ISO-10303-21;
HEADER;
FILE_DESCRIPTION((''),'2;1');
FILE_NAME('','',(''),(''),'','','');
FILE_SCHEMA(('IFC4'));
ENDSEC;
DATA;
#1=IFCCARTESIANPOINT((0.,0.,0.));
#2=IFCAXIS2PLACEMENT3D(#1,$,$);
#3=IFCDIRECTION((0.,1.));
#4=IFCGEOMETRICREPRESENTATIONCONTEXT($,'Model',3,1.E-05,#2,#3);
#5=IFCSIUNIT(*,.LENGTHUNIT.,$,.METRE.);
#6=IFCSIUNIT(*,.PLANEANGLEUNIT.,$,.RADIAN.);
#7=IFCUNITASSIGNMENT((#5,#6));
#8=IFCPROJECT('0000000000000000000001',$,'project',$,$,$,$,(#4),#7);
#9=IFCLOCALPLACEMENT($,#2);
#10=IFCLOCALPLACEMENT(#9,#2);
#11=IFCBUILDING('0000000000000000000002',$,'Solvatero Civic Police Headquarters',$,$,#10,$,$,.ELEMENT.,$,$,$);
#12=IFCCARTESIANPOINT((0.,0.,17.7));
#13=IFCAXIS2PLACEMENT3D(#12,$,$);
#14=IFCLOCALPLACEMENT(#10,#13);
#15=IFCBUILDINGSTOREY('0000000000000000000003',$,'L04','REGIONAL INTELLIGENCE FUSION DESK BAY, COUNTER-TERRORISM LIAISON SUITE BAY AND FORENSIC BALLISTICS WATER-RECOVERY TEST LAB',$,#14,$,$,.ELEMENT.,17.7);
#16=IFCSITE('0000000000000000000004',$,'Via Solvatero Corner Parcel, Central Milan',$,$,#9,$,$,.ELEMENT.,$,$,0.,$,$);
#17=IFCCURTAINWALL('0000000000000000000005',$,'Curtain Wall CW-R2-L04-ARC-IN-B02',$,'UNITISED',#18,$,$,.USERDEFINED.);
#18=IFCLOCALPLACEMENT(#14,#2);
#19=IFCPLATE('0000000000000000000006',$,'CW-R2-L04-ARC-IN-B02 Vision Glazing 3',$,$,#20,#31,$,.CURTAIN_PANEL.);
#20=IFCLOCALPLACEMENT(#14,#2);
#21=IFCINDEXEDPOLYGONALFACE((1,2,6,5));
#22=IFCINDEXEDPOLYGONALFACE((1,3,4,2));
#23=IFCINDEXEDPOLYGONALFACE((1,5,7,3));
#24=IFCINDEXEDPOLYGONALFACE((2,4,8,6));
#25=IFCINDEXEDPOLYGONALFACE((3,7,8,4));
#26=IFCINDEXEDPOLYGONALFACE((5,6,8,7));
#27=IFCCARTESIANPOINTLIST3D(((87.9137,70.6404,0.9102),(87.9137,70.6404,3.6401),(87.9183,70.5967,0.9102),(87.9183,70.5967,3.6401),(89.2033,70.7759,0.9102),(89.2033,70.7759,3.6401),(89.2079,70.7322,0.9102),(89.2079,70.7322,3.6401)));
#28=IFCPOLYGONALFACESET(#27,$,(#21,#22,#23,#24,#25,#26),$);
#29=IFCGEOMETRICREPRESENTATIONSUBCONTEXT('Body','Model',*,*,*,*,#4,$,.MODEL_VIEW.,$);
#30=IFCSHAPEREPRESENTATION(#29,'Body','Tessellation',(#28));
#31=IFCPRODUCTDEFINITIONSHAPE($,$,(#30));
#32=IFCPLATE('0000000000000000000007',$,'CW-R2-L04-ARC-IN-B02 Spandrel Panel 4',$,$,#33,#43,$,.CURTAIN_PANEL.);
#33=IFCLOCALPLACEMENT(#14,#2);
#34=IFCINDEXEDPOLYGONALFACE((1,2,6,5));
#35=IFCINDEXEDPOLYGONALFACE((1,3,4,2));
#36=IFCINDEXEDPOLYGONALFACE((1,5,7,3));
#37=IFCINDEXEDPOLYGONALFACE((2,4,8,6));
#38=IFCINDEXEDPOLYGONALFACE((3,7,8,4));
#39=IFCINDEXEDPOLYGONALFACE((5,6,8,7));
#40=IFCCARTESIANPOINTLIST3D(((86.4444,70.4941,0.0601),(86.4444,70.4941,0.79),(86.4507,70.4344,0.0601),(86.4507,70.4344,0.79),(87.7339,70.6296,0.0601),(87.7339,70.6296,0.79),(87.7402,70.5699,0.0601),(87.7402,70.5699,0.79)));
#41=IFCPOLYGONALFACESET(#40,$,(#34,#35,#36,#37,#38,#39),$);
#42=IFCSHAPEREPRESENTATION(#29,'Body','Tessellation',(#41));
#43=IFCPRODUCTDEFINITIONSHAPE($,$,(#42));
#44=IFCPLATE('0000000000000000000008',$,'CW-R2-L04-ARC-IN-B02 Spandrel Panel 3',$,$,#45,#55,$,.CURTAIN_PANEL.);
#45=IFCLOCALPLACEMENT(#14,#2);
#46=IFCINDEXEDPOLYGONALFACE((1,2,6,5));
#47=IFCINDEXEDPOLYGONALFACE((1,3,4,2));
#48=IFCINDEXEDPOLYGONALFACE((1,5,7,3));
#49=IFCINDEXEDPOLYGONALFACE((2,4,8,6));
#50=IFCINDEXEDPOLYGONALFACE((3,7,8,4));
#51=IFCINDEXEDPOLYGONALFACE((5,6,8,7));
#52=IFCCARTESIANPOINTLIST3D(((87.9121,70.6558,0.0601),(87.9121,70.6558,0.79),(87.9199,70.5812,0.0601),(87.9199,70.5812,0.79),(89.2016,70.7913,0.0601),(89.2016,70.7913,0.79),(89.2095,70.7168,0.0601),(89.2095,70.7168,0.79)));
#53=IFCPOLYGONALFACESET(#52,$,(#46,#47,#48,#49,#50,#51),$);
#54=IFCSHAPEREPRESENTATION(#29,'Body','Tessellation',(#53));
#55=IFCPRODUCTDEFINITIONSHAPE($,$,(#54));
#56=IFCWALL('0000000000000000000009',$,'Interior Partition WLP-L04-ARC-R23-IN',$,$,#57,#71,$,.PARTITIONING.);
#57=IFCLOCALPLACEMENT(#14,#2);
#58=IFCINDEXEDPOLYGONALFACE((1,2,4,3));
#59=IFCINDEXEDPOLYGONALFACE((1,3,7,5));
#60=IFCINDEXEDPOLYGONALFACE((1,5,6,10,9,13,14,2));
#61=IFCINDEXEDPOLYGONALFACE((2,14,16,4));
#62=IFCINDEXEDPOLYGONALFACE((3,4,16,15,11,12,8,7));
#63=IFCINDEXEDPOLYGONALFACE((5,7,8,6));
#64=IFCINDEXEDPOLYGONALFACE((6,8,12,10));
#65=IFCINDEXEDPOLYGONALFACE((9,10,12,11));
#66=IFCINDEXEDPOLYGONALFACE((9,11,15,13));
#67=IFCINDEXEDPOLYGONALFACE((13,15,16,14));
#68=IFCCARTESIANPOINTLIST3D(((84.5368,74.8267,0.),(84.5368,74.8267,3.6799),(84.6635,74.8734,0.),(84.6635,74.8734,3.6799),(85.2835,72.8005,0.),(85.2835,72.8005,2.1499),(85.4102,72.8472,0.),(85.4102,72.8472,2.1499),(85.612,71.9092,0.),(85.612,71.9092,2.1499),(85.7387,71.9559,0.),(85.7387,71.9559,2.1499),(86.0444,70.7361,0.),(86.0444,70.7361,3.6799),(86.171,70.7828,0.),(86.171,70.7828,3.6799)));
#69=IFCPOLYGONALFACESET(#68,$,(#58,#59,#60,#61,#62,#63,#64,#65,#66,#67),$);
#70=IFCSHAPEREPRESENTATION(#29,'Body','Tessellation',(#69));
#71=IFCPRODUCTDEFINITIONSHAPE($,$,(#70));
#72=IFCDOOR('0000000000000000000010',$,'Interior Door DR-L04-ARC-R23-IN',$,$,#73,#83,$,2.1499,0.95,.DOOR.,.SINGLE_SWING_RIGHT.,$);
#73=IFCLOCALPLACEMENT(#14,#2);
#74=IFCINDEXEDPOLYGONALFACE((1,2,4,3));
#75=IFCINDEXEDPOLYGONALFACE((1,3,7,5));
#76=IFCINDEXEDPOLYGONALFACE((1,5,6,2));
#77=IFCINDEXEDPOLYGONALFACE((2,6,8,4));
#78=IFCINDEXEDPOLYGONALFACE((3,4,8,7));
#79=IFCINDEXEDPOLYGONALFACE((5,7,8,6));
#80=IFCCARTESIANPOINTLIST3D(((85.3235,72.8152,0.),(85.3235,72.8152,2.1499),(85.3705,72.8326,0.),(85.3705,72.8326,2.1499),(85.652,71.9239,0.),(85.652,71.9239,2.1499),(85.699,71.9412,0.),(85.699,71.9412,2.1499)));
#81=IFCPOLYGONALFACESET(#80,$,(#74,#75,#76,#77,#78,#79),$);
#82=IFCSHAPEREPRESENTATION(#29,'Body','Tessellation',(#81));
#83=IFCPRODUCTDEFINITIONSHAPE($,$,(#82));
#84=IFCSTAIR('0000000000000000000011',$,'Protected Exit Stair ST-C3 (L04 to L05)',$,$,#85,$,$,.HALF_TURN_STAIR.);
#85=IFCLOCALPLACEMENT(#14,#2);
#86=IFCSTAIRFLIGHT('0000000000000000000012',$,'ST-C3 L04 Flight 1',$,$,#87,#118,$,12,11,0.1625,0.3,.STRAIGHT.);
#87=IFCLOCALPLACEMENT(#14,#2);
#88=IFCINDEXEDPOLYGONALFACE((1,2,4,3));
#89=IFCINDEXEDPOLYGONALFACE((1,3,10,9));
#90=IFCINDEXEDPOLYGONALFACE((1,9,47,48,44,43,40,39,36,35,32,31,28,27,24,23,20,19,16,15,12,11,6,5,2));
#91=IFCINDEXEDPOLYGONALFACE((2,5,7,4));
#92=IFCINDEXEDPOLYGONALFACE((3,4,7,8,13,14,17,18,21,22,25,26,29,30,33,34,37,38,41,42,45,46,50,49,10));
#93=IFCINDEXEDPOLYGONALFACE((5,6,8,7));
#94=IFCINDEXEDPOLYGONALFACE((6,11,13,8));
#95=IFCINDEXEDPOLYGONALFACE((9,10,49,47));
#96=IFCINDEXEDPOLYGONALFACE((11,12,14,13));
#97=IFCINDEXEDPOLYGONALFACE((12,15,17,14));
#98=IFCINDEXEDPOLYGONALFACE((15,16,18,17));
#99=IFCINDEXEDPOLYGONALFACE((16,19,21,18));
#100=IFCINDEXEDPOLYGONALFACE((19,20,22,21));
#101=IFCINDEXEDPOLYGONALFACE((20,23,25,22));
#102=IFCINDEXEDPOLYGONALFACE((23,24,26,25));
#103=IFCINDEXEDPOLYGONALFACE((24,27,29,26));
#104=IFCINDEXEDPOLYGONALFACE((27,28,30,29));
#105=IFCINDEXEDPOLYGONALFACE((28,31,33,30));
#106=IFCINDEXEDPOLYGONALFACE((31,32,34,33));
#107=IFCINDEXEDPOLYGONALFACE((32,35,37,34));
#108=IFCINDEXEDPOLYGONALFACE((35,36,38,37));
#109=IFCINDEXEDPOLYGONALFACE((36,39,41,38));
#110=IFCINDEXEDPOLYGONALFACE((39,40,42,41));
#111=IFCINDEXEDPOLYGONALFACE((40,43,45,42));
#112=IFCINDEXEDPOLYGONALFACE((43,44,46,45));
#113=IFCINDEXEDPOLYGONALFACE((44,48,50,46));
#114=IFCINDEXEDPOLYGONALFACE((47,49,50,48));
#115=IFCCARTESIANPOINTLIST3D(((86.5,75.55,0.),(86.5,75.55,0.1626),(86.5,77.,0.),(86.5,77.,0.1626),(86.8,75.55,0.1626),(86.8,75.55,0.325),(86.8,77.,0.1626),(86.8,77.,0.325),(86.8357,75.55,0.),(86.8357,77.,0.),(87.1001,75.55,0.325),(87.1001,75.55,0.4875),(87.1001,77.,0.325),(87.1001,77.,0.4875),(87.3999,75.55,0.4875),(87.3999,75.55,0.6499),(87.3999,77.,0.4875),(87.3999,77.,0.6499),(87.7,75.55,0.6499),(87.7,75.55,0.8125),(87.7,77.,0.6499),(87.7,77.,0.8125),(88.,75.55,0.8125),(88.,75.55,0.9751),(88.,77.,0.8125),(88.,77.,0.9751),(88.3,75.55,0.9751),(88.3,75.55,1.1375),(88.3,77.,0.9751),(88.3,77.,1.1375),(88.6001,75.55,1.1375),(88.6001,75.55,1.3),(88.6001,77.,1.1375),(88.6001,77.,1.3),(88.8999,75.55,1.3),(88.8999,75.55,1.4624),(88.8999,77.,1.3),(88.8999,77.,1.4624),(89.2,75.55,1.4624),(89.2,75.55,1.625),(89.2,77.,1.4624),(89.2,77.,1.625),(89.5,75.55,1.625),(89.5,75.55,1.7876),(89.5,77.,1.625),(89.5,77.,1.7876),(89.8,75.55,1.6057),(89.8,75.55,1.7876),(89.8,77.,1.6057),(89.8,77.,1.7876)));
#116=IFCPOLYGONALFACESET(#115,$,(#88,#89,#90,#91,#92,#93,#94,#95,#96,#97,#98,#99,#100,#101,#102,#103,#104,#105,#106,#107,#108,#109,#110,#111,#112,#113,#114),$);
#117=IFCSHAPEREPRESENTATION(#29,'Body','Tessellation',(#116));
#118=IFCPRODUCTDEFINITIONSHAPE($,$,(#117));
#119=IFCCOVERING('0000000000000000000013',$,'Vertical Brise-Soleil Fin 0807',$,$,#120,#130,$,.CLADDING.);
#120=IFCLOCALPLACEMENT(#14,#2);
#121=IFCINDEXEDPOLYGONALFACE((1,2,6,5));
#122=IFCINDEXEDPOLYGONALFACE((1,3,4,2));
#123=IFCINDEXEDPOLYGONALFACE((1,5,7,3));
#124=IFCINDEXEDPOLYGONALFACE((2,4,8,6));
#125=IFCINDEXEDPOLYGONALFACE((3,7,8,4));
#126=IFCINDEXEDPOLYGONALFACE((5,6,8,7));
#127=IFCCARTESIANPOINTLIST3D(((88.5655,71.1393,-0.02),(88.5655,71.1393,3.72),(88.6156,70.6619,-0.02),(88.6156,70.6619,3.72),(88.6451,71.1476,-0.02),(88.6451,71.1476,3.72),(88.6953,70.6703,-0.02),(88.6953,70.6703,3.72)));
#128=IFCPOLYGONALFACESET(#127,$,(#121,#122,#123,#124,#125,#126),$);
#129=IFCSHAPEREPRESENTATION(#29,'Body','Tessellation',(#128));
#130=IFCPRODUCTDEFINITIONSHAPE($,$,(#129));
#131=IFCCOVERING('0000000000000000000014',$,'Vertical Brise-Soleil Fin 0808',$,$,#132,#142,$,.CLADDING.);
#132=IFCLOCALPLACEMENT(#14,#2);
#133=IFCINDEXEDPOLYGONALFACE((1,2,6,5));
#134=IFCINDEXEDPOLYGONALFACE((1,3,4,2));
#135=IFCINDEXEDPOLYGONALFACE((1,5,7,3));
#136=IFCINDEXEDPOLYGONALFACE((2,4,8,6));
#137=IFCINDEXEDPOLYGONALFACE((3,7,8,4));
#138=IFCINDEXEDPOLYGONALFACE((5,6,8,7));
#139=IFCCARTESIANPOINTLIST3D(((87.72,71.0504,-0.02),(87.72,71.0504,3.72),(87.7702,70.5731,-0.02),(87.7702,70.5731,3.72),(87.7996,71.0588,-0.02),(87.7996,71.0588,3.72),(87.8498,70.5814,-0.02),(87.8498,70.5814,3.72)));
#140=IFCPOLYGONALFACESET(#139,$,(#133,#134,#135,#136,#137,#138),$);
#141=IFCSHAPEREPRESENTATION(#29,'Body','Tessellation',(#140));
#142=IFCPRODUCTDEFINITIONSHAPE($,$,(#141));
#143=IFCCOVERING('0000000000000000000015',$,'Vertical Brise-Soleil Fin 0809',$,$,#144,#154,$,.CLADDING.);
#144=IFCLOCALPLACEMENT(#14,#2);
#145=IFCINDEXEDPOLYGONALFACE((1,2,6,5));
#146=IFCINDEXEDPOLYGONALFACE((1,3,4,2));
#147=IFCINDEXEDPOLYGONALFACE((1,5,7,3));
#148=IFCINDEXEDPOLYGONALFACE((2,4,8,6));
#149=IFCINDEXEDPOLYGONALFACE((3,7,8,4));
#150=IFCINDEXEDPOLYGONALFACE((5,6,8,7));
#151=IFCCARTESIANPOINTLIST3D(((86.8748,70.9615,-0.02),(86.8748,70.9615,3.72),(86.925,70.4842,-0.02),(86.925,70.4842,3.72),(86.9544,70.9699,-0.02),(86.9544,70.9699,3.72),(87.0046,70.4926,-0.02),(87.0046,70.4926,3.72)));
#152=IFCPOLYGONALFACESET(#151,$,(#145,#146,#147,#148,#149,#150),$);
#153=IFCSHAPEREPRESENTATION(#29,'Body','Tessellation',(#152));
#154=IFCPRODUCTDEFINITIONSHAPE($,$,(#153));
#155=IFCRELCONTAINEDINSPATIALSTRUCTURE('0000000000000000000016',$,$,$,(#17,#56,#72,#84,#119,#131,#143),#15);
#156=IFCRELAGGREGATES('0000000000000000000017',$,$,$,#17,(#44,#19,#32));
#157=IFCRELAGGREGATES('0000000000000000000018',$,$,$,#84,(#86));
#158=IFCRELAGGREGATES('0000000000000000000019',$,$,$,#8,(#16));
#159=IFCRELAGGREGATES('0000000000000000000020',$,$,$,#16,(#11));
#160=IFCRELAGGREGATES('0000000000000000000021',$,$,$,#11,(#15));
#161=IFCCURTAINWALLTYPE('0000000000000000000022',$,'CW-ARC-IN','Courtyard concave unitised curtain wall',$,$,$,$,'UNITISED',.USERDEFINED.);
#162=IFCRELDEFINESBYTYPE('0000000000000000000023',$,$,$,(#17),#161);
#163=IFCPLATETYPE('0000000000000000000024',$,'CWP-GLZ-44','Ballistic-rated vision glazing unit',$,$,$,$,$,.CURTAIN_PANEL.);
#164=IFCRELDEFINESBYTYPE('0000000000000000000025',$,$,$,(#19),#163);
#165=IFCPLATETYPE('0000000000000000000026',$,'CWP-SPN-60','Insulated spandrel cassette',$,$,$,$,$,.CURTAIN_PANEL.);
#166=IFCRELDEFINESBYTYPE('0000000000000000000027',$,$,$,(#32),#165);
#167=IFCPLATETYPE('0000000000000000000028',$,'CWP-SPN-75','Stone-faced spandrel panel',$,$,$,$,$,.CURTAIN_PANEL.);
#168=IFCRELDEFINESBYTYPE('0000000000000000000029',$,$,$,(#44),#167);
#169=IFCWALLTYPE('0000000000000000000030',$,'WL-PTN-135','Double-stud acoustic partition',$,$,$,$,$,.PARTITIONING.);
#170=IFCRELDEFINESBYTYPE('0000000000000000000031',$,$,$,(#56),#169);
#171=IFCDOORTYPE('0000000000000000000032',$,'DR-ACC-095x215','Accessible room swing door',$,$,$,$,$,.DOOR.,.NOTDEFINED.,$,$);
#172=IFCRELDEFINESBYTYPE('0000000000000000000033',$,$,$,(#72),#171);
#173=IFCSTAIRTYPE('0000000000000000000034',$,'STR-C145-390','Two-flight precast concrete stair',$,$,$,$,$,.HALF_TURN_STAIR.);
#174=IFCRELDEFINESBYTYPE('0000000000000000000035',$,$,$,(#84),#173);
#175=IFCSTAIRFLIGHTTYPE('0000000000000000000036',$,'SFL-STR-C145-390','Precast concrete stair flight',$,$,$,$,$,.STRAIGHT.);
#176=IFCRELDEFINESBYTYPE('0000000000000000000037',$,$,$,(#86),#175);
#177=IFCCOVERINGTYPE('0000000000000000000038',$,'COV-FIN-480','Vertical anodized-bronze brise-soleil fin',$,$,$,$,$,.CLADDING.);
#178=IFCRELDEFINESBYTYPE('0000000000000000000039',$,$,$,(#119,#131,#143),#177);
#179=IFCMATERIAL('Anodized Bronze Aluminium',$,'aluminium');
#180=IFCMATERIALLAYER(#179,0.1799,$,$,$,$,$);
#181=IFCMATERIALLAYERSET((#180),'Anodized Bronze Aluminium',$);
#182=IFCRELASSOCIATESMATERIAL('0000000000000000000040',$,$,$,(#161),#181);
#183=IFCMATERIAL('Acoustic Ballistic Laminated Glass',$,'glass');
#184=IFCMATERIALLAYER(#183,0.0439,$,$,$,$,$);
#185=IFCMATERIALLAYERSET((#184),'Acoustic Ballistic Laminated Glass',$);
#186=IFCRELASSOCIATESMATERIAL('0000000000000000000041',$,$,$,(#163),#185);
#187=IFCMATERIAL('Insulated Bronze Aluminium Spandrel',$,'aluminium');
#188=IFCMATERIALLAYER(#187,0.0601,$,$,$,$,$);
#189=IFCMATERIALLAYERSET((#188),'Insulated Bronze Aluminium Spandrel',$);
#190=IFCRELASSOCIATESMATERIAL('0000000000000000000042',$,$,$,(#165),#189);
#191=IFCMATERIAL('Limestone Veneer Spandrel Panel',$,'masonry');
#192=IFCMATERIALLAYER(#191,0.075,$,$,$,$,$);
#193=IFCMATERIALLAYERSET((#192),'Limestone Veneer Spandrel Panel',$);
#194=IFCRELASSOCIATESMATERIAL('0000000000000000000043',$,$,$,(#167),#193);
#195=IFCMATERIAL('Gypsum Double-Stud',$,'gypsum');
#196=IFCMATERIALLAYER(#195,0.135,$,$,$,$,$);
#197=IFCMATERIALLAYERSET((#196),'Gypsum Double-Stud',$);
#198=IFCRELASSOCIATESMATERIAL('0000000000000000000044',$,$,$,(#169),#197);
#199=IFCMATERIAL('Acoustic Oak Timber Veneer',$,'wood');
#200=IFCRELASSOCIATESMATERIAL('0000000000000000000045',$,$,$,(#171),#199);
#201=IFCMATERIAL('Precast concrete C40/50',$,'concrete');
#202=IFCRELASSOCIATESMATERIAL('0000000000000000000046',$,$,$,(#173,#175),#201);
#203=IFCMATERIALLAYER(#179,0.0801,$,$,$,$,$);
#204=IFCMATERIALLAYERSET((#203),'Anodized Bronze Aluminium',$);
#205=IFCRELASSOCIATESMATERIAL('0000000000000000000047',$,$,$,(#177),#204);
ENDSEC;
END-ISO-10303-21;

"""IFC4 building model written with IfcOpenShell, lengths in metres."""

from ifc_helpers import new_model, si_unit, direction, frame, frame_2d, origin, origin_2d, place, context, subcontext, project, spatial, polyline, rectangle, outline, extrude, material, layer, layer_set, type_object, element, fill, aggregate, save


model = new_model("IFC4")

# Units and contexts
model_context = context("Model", 3, precision=1e-05, world=origin(), true_north=direction((0.0, 1.0)))
body_context = subcontext(model_context, "Body", "Model", "MODEL_VIEW")
ifc_project = project(units=[si_unit("LENGTHUNIT", "METRE"), si_unit("PLANEANGLEUNIT", "RADIAN")], contexts=[model_context])

# Site, building, storey
site_placement = place(None, origin())
site = spatial("IfcSite", under=ifc_project, at=site_placement, Name="Via Solvatero Corner Parcel, Central Milan", CompositionType="ELEMENT", RefElevation=0.0)
building_placement = place(site_placement, origin())
building = spatial("IfcBuilding", under=site, at=building_placement, Name="Solvatero Civic Police Headquarters", CompositionType="ELEMENT")
storey_placement = place(building_placement, frame((0.0, 0.0, 17.7)))
storey = spatial("IfcBuildingStorey", under=building, at=storey_placement, Name="L04", Description="REGIONAL INTELLIGENCE FUSION DESK BAY, COUNTER-TERRORISM LIAISON SUITE BAY AND FORENSIC BALLISTICS WATER-RECOVERY TEST LAB", CompositionType="ELEMENT", Elevation=17.7)

# Curtain wall
ifc_material_1 = material(Name="Anodized Bronze Aluminium", Category="aluminium")
ifc_layer_1 = layer(ifc_material_1, 0.1799)
ifc_layer_set_1 = layer_set([ifc_layer_1], Name="Anodized Bronze Aluminium")
curtain_wall_type = type_object("IfcCurtainWallType", Name="CW-ARC-IN", Description="Courtyard concave unitised curtain wall", ElementType="UNITISED", PredefinedType="USERDEFINED", material=ifc_layer_set_1)
curtain_wall_1_placement = place(storey_placement, origin())
curtain_wall_1 = element("IfcCurtainWall", 1, at=curtain_wall_1_placement, inside=storey, type_object=curtain_wall_type, Name="Curtain Wall CW-R2-L04-ARC-IN-B02", ObjectType="UNITISED", PredefinedType="USERDEFINED")

# Plates
ifc_material_2 = material(Name="Acoustic Ballistic Laminated Glass", Category="glass")
ifc_layer_2 = layer(ifc_material_2, 0.0439)
ifc_layer_set_2 = layer_set([ifc_layer_2], Name="Acoustic Ballistic Laminated Glass")
plate_type_1 = type_object("IfcPlateType", Name="CWP-GLZ-44", Description="Ballistic-rated vision glazing unit", PredefinedType="CURTAIN_PANEL", material=ifc_layer_set_2)
plate_1_placement = place(storey_placement, frame((88.5608, 70.6863, 0.9102), z_axis=(0.0, 0.0, 1.0), x_axis=(-0.994522, -0.104528, 0.0)))
plate_1 = element("IfcPlate", 2, at=plate_1_placement, type_object=plate_type_1, Name="CW-R2-L04-ARC-IN-B02 Vision Glazing 3", PredefinedType="CURTAIN_PANEL", context=body_context, shape_type="SweptSolid", body=[
    extrude(rectangle(XDim=1.2966, YDim=0.0439, at=origin_2d()), origin(), (0.0, 0.0, 1.0), 2.73),
])
ifc_material_3 = material(Name="Insulated Bronze Aluminium Spandrel", Category="aluminium")
ifc_layer_3 = layer(ifc_material_3, 0.0601)
ifc_layer_set_3 = layer_set([ifc_layer_3], Name="Insulated Bronze Aluminium Spandrel")
plate_type_2 = type_object("IfcPlateType", Name="CWP-SPN-60", Description="Insulated spandrel cassette", PredefinedType="CURTAIN_PANEL", material=ifc_layer_set_3)
plate_2_placement = place(storey_placement, frame((87.0923, 70.532, 0.0601), z_axis=(0.0, 0.0, 1.0), x_axis=(-0.994522, -0.104528, 0.0)))
plate_2 = element("IfcPlate", 3, at=plate_2_placement, type_object=plate_type_2, Name="CW-R2-L04-ARC-IN-B02 Spandrel Panel 4", PredefinedType="CURTAIN_PANEL", context=body_context, shape_type="SweptSolid", body=[
    extrude(rectangle(XDim=1.2966, YDim=0.0601, at=origin_2d()), origin(), (0.0, 0.0, 1.0), 0.73),
])
ifc_material_4 = material(Name="Limestone Veneer Spandrel Panel", Category="masonry")
ifc_layer_4 = layer(ifc_material_4, 0.075)
ifc_layer_set_4 = layer_set([ifc_layer_4], Name="Limestone Veneer Spandrel Panel")
plate_type_3 = type_object("IfcPlateType", Name="CWP-SPN-75", Description="Stone-faced spandrel panel", PredefinedType="CURTAIN_PANEL", material=ifc_layer_set_4)
plate_3_placement = place(storey_placement, frame((88.5608, 70.6863, 0.0601), z_axis=(0.0, 0.0, 1.0), x_axis=(-0.994522, -0.104528, 0.0)))
plate_3 = element("IfcPlate", 4, at=plate_3_placement, type_object=plate_type_3, Name="CW-R2-L04-ARC-IN-B02 Spandrel Panel 3", PredefinedType="CURTAIN_PANEL", context=body_context, shape_type="SweptSolid", body=[
    extrude(rectangle(XDim=1.2966, YDim=0.075, at=origin_2d()), origin(), (0.0, 0.0, 1.0), 0.73),
])
aggregate(curtain_wall_1, [plate_3, plate_1, plate_2])

# Wall, opening, door
ifc_material_5 = material(Name="Gypsum Double-Stud", Category="gypsum")
ifc_layer_5 = layer(ifc_material_5, 0.135)
ifc_layer_set_5 = layer_set([ifc_layer_5], Name="Gypsum Double-Stud")
wall_type = type_object("IfcWallType", Name="WL-PTN-135", Description="Double-stud acoustic partition", PredefinedType="PARTITIONING", material=ifc_layer_set_5)
wall_placement = place(storey_placement, frame((86.1077, 70.7595, 0.0), z_axis=(0.0, 0.0, 1.0), x_axis=(-0.345809, 0.938305, 0.0)))
wall = element("IfcWall", 5, at=wall_placement, inside=storey, type_object=wall_type, Name="Interior Partition WLP-L04-ARC-R23-IN", PredefinedType="PARTITIONING", context=body_context, shape_type="SweptSolid", body=[
    extrude(rectangle(XDim=4.3596, YDim=0.135, at=frame_2d((2.1797, 0.0))), origin(), (0.0, 0.0, 1.0), 3.6799),
])
opening_placement = place(wall_placement, frame((1.25, 0.0, 0.0)))
opening = element("IfcOpeningElement", 6, at=opening_placement, cuts=wall, PredefinedType="OPENING", context=body_context, shape_type="SweptSolid", body=[
    extrude(rectangle(XDim=0.95, YDim=2.1499, at=frame_2d((0.4751, 1.075))), frame((0.0, 0.0774, 0.0), z_axis=(0.0, -1.0, 0.0), x_axis=(1.0, 0.0, 0.0)), (0.0, 0.0, 1.0), 0.155),
])
ifc_material_6 = material(Name="Acoustic Oak Timber Veneer", Category="wood")
door_type = type_object("IfcDoorType", Name="DR-ACC-095x215", Description="Accessible room swing door", OperationType="NOTDEFINED", PredefinedType="DOOR", material=ifc_material_6)
door_placement = place(opening_placement, origin())
door = element("IfcDoor", 7, at=door_placement, inside=storey, type_object=door_type, Name="Interior Door DR-L04-ARC-R23-IN", OperationType="SINGLE_SWING_RIGHT", OverallHeight=2.1499, OverallWidth=0.95, PredefinedType="DOOR", context=body_context, shape_type="SweptSolid", body=[
    extrude(rectangle(XDim=0.95, YDim=2.1499, at=frame_2d((0.4751, 1.075))), frame((0.0, 0.0249, 0.0), z_axis=(0.0, -1.0, 0.0), x_axis=(1.0, 0.0, 0.0)), (0.0, 0.0, 1.0), 0.05),
])
fill(opening, door)

# Stair, stair flight
ifc_material_7 = material(Name="Precast concrete C40/50", Category="concrete")
stair_type = type_object("IfcStairType", Name="STR-C145-390", Description="Two-flight precast concrete stair", PredefinedType="HALF_TURN_STAIR", material=ifc_material_7)
stair_placement = place(storey_placement, origin())
stair = element("IfcStair", 8, at=stair_placement, inside=storey, type_object=stair_type, Name="Protected Exit Stair ST-C3 (L04 to L05)", PredefinedType="HALF_TURN_STAIR")
stair_flight_type = type_object("IfcStairFlightType", Name="SFL-STR-C145-390", Description="Precast concrete stair flight", PredefinedType="STRAIGHT", material=ifc_material_7)
stair_flight_placement = place(storey_placement, frame((86.5, 76.2749, 0.0), z_axis=(0.0, 0.0, 1.0), x_axis=(1.0, 0.0, 0.0)))
stair_flight = element("IfcStairFlight", 9, at=stair_flight_placement, type_object=stair_flight_type, Name="ST-C3 L04 Flight 1", NumberOfRisers=12, NumberOfTreads=11, PredefinedType="STRAIGHT", RiserHeight=0.1625, TreadLength=0.3, context=body_context, shape_type="SweptSolid", body=[
    extrude(outline(polyline([(0.0, 0.0), (0.0, 0.1626), (0.3, 0.1626), (0.3, 0.325), (0.6001, 0.325), (0.6001, 0.4875), (0.8999, 0.4875), (0.8999, 0.6499), (1.2, 0.6499), (1.2, 0.8125), (1.5, 0.8125), (1.5, 0.9751), (1.8, 0.9751), (1.8, 1.1375), (2.1001, 1.1375), (2.1001, 1.3), (2.3999, 1.3), (2.3999, 1.4624), (2.7, 1.4624), (2.7, 1.625), (3.0, 1.625), (3.0, 1.7876), (3.3, 1.7876), (3.3, 1.95), (3.3, 1.6057), (0.3357, 0.0), (0.0, 0.0)])), frame((0.0, 0.7251, 0.0), z_axis=(0.0, -1.0, 0.0), x_axis=(1.0, 0.0, 0.0)), (0.0, 0.0, 1.0), 1.45),
])
aggregate(stair, [stair_flight])

# Coverings
ifc_layer_6 = layer(ifc_material_1, 0.0801)
ifc_layer_set_6 = layer_set([ifc_layer_6], Name="Anodized Bronze Aluminium")
covering_type = type_object("IfcCoveringType", Name="COV-FIN-480", Description="Vertical anodized-bronze brise-soleil fin", PredefinedType="CLADDING", material=ifc_layer_set_6)
for number, where, z_axis, x_axis, name in (
    (10, (88.6304, 70.9048, -0.02), (0.0, 0.0, 1.0), (-0.994522, -0.104528, 0.0), "Vertical Brise-Soleil Fin 0807"),
    (11, (87.7849, 70.8159, -0.02), (0.0, 0.0, 1.0), (-0.994522, -0.104528, 0.0), "Vertical Brise-Soleil Fin 0808"),
    (12, (86.9397, 70.7271, -0.02), (0.0, 0.0, 1.0), (-0.994522, -0.104528, 0.0), "Vertical Brise-Soleil Fin 0809"),
):
    element("IfcCovering", number, at=place(storey_placement, frame(where, z_axis=z_axis, x_axis=x_axis)), inside=storey, type_object=covering_type, Name=name, PredefinedType="CLADDING", context=body_context, shape_type="SweptSolid", body=[
        extrude(rectangle(XDim=0.0801, YDim=0.48, at=origin_2d()), origin(), (0.0, 0.0, 1.0), 3.74),
    ])

save(model, "model.ifc")
